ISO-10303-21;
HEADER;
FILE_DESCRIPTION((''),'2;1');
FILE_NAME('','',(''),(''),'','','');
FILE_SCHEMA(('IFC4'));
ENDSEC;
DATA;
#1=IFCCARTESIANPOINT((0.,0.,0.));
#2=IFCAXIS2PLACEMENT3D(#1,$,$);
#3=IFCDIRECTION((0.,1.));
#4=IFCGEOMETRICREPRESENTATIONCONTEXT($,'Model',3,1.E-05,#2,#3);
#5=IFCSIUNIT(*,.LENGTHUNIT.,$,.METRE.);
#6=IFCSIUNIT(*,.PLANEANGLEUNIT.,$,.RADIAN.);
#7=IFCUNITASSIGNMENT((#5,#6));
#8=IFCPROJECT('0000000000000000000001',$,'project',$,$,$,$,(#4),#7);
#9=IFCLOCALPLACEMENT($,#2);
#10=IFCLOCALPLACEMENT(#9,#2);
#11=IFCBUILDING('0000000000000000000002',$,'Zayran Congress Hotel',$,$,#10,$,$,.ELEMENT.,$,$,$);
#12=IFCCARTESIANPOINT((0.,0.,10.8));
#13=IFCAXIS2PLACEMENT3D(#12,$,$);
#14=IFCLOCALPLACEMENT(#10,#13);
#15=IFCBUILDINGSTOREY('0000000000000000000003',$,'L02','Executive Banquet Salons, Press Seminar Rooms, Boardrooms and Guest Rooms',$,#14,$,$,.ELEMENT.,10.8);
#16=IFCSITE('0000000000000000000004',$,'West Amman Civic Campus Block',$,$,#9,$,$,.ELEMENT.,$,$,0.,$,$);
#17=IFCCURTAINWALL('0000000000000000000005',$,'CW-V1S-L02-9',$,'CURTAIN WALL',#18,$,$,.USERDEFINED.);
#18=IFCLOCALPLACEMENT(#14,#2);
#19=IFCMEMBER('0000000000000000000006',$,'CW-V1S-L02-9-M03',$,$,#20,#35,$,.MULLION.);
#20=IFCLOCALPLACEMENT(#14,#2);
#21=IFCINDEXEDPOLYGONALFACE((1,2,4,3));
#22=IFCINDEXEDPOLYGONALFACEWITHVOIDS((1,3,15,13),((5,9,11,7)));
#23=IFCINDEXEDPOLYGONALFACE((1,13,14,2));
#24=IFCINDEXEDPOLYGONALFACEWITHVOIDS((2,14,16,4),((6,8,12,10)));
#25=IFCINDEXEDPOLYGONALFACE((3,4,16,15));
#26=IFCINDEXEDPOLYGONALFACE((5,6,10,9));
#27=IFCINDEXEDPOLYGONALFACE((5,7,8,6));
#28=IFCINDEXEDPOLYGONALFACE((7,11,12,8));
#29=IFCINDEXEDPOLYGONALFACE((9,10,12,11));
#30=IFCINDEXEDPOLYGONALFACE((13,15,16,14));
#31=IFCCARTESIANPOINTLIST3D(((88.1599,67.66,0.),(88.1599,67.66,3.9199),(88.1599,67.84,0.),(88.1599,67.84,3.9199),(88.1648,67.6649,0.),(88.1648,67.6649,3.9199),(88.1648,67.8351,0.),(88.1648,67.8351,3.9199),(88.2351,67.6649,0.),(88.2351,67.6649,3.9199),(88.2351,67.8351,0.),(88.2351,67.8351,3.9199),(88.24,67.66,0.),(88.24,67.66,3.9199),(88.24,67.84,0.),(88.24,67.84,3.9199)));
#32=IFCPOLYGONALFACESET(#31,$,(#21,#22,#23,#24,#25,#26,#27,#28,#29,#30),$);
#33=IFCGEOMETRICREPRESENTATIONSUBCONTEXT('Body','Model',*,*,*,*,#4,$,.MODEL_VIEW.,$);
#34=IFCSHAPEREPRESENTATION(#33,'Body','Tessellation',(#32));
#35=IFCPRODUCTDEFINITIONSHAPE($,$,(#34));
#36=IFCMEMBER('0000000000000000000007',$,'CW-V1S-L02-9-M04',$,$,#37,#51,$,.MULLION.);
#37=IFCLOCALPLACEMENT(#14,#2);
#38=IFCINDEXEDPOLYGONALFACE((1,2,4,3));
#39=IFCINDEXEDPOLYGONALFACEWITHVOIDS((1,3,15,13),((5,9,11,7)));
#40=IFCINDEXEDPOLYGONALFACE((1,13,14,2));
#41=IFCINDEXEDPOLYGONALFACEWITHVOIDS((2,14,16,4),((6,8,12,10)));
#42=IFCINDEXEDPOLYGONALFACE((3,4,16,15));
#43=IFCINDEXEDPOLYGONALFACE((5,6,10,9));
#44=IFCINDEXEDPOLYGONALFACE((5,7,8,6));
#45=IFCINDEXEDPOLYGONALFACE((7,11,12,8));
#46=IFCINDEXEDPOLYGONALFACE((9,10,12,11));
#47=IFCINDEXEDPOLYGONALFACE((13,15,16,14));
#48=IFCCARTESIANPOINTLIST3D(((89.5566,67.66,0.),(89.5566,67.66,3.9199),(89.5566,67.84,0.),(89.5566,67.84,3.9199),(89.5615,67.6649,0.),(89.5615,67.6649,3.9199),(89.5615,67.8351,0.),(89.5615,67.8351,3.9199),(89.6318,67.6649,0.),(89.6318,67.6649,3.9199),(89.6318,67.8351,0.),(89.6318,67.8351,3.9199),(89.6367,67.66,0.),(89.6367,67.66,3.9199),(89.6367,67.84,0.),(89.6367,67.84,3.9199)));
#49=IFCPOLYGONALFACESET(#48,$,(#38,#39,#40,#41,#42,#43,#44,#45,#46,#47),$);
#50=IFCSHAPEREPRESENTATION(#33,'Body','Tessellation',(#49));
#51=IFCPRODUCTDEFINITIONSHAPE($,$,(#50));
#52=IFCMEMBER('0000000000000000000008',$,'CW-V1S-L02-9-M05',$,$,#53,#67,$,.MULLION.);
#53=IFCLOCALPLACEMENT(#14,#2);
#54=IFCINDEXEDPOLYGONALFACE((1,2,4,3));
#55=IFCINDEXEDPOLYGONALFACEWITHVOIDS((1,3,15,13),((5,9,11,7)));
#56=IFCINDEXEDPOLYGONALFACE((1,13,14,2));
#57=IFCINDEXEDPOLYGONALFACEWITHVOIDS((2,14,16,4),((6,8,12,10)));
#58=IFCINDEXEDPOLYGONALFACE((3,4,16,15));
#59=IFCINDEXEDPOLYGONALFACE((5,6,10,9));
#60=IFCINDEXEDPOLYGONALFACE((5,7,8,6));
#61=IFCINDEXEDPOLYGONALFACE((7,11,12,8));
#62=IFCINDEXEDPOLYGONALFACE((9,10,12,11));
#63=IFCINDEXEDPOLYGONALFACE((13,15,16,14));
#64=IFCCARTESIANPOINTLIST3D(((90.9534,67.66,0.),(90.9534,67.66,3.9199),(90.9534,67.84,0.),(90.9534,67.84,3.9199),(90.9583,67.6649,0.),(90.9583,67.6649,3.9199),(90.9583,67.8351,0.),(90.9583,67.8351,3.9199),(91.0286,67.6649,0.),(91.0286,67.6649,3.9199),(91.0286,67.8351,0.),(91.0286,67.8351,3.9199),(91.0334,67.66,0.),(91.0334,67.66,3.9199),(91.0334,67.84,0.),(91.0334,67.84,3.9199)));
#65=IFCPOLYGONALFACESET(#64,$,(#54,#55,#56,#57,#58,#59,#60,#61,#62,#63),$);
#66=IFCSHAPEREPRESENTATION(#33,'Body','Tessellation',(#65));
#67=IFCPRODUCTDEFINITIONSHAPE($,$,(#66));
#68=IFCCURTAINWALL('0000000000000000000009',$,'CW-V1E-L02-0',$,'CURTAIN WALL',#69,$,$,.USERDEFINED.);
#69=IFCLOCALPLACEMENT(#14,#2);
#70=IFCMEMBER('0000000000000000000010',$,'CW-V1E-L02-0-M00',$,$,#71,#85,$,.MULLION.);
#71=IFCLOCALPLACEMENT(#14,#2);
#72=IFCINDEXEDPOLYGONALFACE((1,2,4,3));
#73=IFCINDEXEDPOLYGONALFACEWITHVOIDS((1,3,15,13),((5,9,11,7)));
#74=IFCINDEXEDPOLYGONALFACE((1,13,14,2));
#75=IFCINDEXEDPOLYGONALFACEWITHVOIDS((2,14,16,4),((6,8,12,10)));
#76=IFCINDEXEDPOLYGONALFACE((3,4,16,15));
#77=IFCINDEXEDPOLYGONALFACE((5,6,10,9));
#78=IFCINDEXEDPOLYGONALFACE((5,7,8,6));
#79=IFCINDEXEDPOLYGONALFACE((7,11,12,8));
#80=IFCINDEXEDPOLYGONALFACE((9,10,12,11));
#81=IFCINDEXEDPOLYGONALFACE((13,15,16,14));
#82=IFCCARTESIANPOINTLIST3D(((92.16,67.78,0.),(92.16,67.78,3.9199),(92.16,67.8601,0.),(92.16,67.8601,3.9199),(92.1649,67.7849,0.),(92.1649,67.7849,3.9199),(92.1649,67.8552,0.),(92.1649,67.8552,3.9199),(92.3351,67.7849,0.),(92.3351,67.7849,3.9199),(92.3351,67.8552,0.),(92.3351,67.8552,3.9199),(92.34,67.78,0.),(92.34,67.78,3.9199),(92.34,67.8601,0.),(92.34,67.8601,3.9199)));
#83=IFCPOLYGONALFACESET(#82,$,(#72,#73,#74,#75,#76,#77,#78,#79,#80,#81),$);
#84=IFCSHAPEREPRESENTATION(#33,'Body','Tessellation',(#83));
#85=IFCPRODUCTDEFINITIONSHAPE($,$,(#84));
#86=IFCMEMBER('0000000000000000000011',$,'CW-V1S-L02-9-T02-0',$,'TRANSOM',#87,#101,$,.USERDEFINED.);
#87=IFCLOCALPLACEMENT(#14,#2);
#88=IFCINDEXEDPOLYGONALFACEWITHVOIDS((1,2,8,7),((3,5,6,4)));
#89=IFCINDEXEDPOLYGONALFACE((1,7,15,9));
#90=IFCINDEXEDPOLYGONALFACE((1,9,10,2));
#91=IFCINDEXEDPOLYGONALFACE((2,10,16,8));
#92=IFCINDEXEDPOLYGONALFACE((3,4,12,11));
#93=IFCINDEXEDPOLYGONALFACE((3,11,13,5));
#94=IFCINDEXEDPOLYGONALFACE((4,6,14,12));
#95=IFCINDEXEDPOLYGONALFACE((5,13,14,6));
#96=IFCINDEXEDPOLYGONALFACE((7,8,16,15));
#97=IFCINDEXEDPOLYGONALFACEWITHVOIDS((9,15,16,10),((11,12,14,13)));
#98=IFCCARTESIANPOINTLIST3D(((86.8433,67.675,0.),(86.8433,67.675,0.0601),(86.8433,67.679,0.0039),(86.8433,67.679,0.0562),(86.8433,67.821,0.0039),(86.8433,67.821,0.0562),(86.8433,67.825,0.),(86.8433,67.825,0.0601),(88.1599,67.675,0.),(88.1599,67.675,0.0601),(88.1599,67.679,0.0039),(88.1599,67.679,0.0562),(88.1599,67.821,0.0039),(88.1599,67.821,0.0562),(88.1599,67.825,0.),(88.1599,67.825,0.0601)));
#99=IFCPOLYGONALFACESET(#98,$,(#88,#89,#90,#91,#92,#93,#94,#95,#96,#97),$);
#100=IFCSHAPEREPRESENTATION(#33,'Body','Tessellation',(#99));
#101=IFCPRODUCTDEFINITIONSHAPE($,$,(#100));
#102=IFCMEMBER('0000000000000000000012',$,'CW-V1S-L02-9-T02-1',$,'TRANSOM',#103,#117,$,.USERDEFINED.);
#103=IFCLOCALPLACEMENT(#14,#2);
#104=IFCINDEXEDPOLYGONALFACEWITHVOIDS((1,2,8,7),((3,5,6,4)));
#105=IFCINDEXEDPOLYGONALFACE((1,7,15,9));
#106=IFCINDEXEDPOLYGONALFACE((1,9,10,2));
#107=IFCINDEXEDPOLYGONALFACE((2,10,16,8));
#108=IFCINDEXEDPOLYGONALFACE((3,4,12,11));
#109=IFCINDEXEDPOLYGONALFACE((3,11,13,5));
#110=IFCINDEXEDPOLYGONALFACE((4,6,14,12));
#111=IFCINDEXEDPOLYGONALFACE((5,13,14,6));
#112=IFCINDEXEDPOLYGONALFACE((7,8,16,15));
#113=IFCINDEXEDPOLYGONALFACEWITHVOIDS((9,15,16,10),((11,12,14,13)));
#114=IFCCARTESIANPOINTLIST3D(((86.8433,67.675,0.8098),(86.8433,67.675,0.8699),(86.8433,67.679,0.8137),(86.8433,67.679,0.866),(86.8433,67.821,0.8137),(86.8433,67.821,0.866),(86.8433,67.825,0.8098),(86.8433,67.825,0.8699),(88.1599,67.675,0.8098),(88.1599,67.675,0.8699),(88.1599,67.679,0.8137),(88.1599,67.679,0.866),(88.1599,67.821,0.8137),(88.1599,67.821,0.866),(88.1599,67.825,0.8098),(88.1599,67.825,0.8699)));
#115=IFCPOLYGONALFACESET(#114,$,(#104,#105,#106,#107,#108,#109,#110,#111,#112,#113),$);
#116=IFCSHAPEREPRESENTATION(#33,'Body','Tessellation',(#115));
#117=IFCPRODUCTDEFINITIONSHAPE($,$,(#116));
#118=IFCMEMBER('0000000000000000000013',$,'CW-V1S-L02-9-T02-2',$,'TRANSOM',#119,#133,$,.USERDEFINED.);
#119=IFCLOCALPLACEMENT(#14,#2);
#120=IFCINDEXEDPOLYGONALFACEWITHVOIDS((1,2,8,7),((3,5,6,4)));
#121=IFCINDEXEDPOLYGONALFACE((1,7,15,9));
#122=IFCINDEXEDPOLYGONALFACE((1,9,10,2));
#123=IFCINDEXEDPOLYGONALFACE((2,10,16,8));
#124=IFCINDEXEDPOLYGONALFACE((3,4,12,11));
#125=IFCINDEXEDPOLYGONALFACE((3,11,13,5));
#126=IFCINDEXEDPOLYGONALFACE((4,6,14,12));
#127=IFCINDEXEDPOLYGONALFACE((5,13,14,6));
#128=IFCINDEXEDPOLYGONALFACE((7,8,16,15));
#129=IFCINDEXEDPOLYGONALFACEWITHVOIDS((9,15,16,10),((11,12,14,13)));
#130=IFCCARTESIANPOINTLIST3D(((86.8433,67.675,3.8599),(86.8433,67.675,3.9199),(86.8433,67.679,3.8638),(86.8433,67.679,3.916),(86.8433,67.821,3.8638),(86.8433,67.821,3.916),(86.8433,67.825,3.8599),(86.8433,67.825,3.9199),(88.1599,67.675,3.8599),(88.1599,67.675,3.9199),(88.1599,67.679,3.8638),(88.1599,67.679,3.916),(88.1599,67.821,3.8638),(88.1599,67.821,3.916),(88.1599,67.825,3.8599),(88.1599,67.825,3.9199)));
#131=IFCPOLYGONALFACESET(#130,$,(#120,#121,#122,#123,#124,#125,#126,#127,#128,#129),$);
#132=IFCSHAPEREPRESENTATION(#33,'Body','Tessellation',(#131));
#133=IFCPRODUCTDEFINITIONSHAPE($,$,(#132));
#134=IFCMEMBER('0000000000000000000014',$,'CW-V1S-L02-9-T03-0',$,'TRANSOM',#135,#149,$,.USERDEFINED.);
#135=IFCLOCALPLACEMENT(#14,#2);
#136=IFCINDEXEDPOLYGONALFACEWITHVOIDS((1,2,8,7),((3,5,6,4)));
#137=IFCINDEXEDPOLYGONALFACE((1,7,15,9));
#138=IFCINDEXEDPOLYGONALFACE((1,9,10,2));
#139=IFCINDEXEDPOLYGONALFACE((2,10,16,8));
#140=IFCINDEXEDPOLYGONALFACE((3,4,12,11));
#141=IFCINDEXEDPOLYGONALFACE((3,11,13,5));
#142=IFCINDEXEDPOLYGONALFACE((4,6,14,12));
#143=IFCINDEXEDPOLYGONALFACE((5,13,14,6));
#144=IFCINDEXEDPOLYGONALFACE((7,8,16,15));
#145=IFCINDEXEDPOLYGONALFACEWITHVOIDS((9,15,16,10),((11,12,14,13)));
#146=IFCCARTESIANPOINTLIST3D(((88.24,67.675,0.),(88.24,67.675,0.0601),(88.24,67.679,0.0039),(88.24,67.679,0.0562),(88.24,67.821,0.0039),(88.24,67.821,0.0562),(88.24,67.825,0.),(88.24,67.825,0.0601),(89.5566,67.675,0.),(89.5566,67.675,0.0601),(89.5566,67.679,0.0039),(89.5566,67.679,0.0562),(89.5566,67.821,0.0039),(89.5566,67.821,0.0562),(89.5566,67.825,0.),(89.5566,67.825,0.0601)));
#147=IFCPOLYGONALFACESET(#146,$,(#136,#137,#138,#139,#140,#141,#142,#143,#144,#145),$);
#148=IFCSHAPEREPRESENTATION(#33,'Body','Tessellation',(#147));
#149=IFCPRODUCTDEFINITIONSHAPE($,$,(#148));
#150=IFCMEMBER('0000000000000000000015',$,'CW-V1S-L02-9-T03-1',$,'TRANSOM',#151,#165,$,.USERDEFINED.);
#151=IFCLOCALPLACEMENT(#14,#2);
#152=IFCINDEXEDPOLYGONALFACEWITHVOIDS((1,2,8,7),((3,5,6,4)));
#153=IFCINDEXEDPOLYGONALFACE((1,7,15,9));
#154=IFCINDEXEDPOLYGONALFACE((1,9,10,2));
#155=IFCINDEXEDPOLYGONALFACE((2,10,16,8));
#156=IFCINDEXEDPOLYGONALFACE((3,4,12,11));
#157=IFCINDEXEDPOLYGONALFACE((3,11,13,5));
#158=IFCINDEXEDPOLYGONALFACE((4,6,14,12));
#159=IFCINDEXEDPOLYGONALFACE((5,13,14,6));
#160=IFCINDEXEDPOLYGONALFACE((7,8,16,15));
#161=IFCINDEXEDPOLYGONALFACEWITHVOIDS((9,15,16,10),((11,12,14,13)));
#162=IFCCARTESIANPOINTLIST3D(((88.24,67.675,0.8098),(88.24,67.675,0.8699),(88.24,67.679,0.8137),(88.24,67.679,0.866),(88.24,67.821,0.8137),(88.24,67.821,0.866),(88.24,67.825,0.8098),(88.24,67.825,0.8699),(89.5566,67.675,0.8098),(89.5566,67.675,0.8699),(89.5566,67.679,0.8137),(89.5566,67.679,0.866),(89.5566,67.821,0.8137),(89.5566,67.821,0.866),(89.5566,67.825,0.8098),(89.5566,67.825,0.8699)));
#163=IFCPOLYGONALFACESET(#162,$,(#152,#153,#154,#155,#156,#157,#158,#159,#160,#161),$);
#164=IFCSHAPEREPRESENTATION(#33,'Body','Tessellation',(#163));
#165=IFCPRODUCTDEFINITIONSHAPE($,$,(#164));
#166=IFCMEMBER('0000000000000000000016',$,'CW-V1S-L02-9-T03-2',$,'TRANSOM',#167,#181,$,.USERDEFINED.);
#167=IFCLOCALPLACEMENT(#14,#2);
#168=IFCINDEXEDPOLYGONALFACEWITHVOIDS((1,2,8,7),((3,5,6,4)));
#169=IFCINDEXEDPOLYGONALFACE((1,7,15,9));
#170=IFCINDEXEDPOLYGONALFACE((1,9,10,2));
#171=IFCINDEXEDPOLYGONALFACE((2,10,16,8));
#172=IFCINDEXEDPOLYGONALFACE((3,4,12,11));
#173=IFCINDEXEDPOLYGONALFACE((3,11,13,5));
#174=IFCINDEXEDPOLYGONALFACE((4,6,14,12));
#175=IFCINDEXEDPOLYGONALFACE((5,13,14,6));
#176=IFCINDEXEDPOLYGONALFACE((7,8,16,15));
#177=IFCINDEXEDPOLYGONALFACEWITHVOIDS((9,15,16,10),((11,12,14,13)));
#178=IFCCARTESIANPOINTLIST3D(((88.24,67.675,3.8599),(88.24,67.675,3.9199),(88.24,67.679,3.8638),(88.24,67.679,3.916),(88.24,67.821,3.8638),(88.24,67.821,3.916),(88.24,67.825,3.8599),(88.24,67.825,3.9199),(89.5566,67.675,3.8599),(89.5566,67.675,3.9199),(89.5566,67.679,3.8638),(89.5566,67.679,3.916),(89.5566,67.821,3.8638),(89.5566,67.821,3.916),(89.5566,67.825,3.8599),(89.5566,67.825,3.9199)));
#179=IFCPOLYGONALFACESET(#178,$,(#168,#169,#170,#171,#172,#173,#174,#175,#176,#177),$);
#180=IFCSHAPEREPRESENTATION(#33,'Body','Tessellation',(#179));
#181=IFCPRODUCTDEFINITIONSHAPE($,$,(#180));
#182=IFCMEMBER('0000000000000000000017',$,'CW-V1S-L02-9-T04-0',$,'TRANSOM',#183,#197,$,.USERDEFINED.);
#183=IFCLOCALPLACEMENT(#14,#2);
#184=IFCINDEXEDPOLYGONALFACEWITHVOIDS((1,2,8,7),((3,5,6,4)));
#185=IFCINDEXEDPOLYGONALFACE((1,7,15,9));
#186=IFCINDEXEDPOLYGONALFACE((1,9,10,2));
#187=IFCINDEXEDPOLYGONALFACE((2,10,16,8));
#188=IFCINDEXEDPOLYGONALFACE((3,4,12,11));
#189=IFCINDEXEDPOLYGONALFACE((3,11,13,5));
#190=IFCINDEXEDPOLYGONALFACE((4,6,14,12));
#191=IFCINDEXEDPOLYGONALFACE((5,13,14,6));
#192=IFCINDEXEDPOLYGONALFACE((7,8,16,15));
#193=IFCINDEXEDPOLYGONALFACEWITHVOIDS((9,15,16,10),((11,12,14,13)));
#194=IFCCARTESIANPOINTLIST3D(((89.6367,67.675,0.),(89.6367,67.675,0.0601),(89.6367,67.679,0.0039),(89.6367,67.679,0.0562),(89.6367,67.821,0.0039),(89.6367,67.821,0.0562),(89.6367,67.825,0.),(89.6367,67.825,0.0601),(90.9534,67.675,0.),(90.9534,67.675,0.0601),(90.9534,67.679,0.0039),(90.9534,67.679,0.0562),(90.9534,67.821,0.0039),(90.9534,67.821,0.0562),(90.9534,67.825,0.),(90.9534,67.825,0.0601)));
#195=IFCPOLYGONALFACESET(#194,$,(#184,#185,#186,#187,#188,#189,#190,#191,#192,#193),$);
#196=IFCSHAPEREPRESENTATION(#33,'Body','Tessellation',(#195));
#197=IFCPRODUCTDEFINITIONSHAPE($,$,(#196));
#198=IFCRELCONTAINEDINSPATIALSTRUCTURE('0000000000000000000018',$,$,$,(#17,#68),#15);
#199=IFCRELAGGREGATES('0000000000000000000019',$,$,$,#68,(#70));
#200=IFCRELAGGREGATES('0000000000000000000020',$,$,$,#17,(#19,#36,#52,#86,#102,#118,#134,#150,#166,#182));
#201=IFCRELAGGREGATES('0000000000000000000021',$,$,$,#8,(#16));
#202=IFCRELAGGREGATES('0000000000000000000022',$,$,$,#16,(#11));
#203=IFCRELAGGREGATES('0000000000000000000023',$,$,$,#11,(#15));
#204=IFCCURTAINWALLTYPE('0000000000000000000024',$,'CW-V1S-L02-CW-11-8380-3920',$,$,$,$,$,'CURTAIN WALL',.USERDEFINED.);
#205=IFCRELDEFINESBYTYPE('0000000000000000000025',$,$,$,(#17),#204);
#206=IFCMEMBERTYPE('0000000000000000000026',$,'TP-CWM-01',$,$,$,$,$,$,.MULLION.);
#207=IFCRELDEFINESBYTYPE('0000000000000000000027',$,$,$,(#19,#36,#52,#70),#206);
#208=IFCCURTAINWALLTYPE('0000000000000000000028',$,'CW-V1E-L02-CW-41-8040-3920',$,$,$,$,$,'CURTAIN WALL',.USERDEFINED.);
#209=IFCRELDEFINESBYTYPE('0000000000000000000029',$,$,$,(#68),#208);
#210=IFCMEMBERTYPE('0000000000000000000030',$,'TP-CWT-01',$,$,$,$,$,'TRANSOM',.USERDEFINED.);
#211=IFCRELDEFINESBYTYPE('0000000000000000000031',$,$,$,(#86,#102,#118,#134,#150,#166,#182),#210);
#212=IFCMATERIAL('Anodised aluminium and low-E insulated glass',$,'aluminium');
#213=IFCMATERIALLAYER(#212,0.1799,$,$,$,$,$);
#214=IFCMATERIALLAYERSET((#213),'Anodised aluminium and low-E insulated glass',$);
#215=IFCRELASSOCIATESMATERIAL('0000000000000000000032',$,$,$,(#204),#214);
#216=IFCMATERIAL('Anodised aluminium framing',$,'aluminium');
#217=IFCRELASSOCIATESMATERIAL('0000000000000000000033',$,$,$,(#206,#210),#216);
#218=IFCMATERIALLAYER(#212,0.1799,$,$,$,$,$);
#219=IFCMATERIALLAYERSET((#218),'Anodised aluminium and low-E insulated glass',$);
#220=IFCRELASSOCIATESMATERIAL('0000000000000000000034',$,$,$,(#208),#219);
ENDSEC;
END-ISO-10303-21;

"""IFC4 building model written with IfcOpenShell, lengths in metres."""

from ifc_helpers import new_model, si_unit, direction, frame, origin, origin_2d, place, context, subcontext, project, spatial, hollow_rectangle, extrude, material, layer, layer_set, material_profile, profile_set, type_object, element, aggregate, save


model = new_model("IFC4")

# Units and contexts
model_context = context("Model", 3, precision=1e-05, world=origin(), true_north=direction((0.0, 1.0)))
body_context = subcontext(model_context, "Body", "Model", "MODEL_VIEW")
ifc_project = project(units=[si_unit("LENGTHUNIT", "METRE"), si_unit("PLANEANGLEUNIT", "RADIAN")], contexts=[model_context])

# Site, building, storey
site_placement = place(None, origin())
site = spatial("IfcSite", under=ifc_project, at=site_placement, Name="West Amman Civic Campus Block", CompositionType="ELEMENT", RefElevation=0.0)
building_placement = place(site_placement, origin())
building = spatial("IfcBuilding", under=site, at=building_placement, Name="Zayran Congress Hotel", CompositionType="ELEMENT")
storey_placement = place(building_placement, frame((0.0, 0.0, 10.8)))
storey = spatial("IfcBuildingStorey", under=building, at=storey_placement, Name="L02", Description="Executive Banquet Salons, Press Seminar Rooms, Boardrooms and Guest Rooms", CompositionType="ELEMENT", Elevation=10.8)

# Curtain wall, members
ifc_material_1 = material(Name="Anodised aluminium and low-E insulated glass", Category="aluminium")
ifc_layer_1 = layer(ifc_material_1, 0.1799)
ifc_layer_set_1 = layer_set([ifc_layer_1], Name="Anodised aluminium and low-E insulated glass")
curtain_wall_type_1 = type_object("IfcCurtainWallType", Name="CW-V1S-L02-CW-11-8380-3920", ElementType="CURTAIN WALL", PredefinedType="USERDEFINED", material=ifc_layer_set_1)
curtain_wall_1_placement = place(storey_placement, origin())
curtain_wall_1 = element("IfcCurtainWall", 1, at=curtain_wall_1_placement, inside=storey, type_object=curtain_wall_type_1, Name="CW-V1S-L02-9", ObjectType="CURTAIN WALL", PredefinedType="USERDEFINED")
ifc_material_2 = material(Name="Anodised aluminium framing", Category="aluminium")
ifc_material_profile_1 = material_profile(ifc_material_2, hollow_rectangle(XDim=0.0801, YDim=0.1799, WallThickness=0.0049, at=origin_2d()), Name="RHS 180x80x5")
ifc_profile_set_1 = profile_set([ifc_material_profile_1], Name="Anodised aluminium framing")
member_type_1 = type_object("IfcMemberType", Name="TP-CWM-01", PredefinedType="MULLION", material=ifc_profile_set_1)
member_1_placement = place(storey_placement, frame((88.2, 67.75, 0.0), z_axis=(0.0, 0.0, 1.0), x_axis=(1.0, 0.0, 0.0)))
member_1 = element("IfcMember", 2, at=member_1_placement, type_object=member_type_1, Name="CW-V1S-L02-9-M03", PredefinedType="MULLION", context=body_context, shape_type="SweptSolid", body=[
    extrude(hollow_rectangle(XDim=0.0801, YDim=0.1799, WallThickness=0.0049, at=origin_2d()), origin(), (0.0, 0.0, 1.0), 3.9199),
])
member_2_placement = place(storey_placement, frame((89.5967, 67.75, 0.0), z_axis=(0.0, 0.0, 1.0), x_axis=(1.0, 0.0, 0.0)))
member_2 = element("IfcMember", 3, at=member_2_placement, type_object=member_type_1, Name="CW-V1S-L02-9-M04", PredefinedType="MULLION", context=body_context, shape_type="SweptSolid", body=[
    extrude(hollow_rectangle(XDim=0.0801, YDim=0.1799, WallThickness=0.0049, at=origin_2d()), origin(), (0.0, 0.0, 1.0), 3.9199),
])
member_3_placement = place(storey_placement, frame((90.9934, 67.75, 0.0), z_axis=(0.0, 0.0, 1.0), x_axis=(1.0, 0.0, 0.0)))
member_3 = element("IfcMember", 4, at=member_3_placement, type_object=member_type_1, Name="CW-V1S-L02-9-M05", PredefinedType="MULLION", context=body_context, shape_type="SweptSolid", body=[
    extrude(hollow_rectangle(XDim=0.0801, YDim=0.1799, WallThickness=0.0049, at=origin_2d()), origin(), (0.0, 0.0, 1.0), 3.9199),
])

# Curtain wall, member
ifc_layer_2 = layer(ifc_material_1, 0.1799)
ifc_layer_set_2 = layer_set([ifc_layer_2], Name="Anodised aluminium and low-E insulated glass")
curtain_wall_type_2 = type_object("IfcCurtainWallType", Name="CW-V1E-L02-CW-41-8040-3920", ElementType="CURTAIN WALL", PredefinedType="USERDEFINED", material=ifc_layer_set_2)
curtain_wall_2_placement = place(storey_placement, origin())
curtain_wall_2 = element("IfcCurtainWall", 5, at=curtain_wall_2_placement, inside=storey, type_object=curtain_wall_type_2, Name="CW-V1E-L02-0", ObjectType="CURTAIN WALL", PredefinedType="USERDEFINED")
member_4_placement = place(storey_placement, frame((92.25, 67.8201, 0.0), z_axis=(0.0, 0.0, 1.0), x_axis=(0.0, 1.0, 0.0)))
member_4 = element("IfcMember", 6, at=member_4_placement, type_object=member_type_1, Name="CW-V1E-L02-0-M00", PredefinedType="MULLION", context=body_context, shape_type="SweptSolid", body=[
    extrude(hollow_rectangle(XDim=0.0801, YDim=0.1799, WallThickness=0.0049, at=origin_2d()), origin(), (0.0, 0.0, 1.0), 3.9199),
])

# Members
ifc_material_profile_2 = material_profile(ifc_material_2, hollow_rectangle(XDim=0.0601, YDim=0.1499, WallThickness=0.0039, at=origin_2d()), Name="RHS 150x60x4")
ifc_profile_set_2 = profile_set([ifc_material_profile_2], Name="Anodised aluminium framing")
member_type_2 = type_object("IfcMemberType", Name="TP-CWT-01", ElementType="TRANSOM", PredefinedType="USERDEFINED", material=ifc_profile_set_2)
member_5_placement = place(storey_placement, frame((86.8433, 67.75, 0.03), z_axis=(1.0, 0.0, 0.0), x_axis=(0.0, 0.0, 1.0)))
member_5 = element("IfcMember", 7, at=member_5_placement, type_object=member_type_2, Name="CW-V1S-L02-9-T02-0", ObjectType="TRANSOM", PredefinedType="USERDEFINED", context=body_context, shape_type="SweptSolid", body=[
    extrude(hollow_rectangle(XDim=0.0601, YDim=0.1499, WallThickness=0.0039, at=origin_2d()), origin(), (0.0, 0.0, 1.0), 1.3167),
])
member_6_placement = place(storey_placement, frame((86.8433, 67.75, 0.8398), z_axis=(1.0, 0.0, 0.0), x_axis=(0.0, 0.0, 1.0)))
member_6 = element("IfcMember", 8, at=member_6_placement, type_object=member_type_2, Name="CW-V1S-L02-9-T02-1", ObjectType="TRANSOM", PredefinedType="USERDEFINED", context=body_context, shape_type="SweptSolid", body=[
    extrude(hollow_rectangle(XDim=0.0601, YDim=0.1499, WallThickness=0.0039, at=origin_2d()), origin(), (0.0, 0.0, 1.0), 1.3167),
])
member_7_placement = place(storey_placement, frame((86.8433, 67.75, 3.8899), z_axis=(1.0, 0.0, 0.0), x_axis=(0.0, 0.0, 1.0)))
member_7 = element("IfcMember", 9, at=member_7_placement, type_object=member_type_2, Name="CW-V1S-L02-9-T02-2", ObjectType="TRANSOM", PredefinedType="USERDEFINED", context=body_context, shape_type="SweptSolid", body=[
    extrude(hollow_rectangle(XDim=0.0601, YDim=0.1499, WallThickness=0.0039, at=origin_2d()), origin(), (0.0, 0.0, 1.0), 1.3167),
])
member_8_placement = place(storey_placement, frame((88.24, 67.75, 0.03), z_axis=(1.0, 0.0, 0.0), x_axis=(0.0, 0.0, 1.0)))
member_8 = element("IfcMember", 10, at=member_8_placement, type_object=member_type_2, Name="CW-V1S-L02-9-T03-0", ObjectType="TRANSOM", PredefinedType="USERDEFINED", context=body_context, shape_type="SweptSolid", body=[
    extrude(hollow_rectangle(XDim=0.0601, YDim=0.1499, WallThickness=0.0039, at=origin_2d()), origin(), (0.0, 0.0, 1.0), 1.3167),
])
member_9_placement = place(storey_placement, frame((88.24, 67.75, 0.8398), z_axis=(1.0, 0.0, 0.0), x_axis=(0.0, 0.0, 1.0)))
member_9 = element("IfcMember", 11, at=member_9_placement, type_object=member_type_2, Name="CW-V1S-L02-9-T03-1", ObjectType="TRANSOM", PredefinedType="USERDEFINED", context=body_context, shape_type="SweptSolid", body=[
    extrude(hollow_rectangle(XDim=0.0601, YDim=0.1499, WallThickness=0.0039, at=origin_2d()), origin(), (0.0, 0.0, 1.0), 1.3167),
])
member_10_placement = place(storey_placement, frame((88.24, 67.75, 3.8899), z_axis=(1.0, 0.0, 0.0), x_axis=(0.0, 0.0, 1.0)))
member_10 = element("IfcMember", 12, at=member_10_placement, type_object=member_type_2, Name="CW-V1S-L02-9-T03-2", ObjectType="TRANSOM", PredefinedType="USERDEFINED", context=body_context, shape_type="SweptSolid", body=[
    extrude(hollow_rectangle(XDim=0.0601, YDim=0.1499, WallThickness=0.0039, at=origin_2d()), origin(), (0.0, 0.0, 1.0), 1.3167),
])
member_11_placement = place(storey_placement, frame((89.6367, 67.75, 0.03), z_axis=(1.0, 0.0, 0.0), x_axis=(0.0, 0.0, 1.0)))
member_11 = element("IfcMember", 13, at=member_11_placement, type_object=member_type_2, Name="CW-V1S-L02-9-T04-0", ObjectType="TRANSOM", PredefinedType="USERDEFINED", context=body_context, shape_type="SweptSolid", body=[
    extrude(hollow_rectangle(XDim=0.0601, YDim=0.1499, WallThickness=0.0039, at=origin_2d()), origin(), (0.0, 0.0, 1.0), 1.3167),
])
aggregate(curtain_wall_2, [member_4])

aggregate(curtain_wall_1, [member_1, member_2, member_3, member_5, member_6, member_7, member_8, member_9, member_10, member_11])

save(model, "model.ifc")
